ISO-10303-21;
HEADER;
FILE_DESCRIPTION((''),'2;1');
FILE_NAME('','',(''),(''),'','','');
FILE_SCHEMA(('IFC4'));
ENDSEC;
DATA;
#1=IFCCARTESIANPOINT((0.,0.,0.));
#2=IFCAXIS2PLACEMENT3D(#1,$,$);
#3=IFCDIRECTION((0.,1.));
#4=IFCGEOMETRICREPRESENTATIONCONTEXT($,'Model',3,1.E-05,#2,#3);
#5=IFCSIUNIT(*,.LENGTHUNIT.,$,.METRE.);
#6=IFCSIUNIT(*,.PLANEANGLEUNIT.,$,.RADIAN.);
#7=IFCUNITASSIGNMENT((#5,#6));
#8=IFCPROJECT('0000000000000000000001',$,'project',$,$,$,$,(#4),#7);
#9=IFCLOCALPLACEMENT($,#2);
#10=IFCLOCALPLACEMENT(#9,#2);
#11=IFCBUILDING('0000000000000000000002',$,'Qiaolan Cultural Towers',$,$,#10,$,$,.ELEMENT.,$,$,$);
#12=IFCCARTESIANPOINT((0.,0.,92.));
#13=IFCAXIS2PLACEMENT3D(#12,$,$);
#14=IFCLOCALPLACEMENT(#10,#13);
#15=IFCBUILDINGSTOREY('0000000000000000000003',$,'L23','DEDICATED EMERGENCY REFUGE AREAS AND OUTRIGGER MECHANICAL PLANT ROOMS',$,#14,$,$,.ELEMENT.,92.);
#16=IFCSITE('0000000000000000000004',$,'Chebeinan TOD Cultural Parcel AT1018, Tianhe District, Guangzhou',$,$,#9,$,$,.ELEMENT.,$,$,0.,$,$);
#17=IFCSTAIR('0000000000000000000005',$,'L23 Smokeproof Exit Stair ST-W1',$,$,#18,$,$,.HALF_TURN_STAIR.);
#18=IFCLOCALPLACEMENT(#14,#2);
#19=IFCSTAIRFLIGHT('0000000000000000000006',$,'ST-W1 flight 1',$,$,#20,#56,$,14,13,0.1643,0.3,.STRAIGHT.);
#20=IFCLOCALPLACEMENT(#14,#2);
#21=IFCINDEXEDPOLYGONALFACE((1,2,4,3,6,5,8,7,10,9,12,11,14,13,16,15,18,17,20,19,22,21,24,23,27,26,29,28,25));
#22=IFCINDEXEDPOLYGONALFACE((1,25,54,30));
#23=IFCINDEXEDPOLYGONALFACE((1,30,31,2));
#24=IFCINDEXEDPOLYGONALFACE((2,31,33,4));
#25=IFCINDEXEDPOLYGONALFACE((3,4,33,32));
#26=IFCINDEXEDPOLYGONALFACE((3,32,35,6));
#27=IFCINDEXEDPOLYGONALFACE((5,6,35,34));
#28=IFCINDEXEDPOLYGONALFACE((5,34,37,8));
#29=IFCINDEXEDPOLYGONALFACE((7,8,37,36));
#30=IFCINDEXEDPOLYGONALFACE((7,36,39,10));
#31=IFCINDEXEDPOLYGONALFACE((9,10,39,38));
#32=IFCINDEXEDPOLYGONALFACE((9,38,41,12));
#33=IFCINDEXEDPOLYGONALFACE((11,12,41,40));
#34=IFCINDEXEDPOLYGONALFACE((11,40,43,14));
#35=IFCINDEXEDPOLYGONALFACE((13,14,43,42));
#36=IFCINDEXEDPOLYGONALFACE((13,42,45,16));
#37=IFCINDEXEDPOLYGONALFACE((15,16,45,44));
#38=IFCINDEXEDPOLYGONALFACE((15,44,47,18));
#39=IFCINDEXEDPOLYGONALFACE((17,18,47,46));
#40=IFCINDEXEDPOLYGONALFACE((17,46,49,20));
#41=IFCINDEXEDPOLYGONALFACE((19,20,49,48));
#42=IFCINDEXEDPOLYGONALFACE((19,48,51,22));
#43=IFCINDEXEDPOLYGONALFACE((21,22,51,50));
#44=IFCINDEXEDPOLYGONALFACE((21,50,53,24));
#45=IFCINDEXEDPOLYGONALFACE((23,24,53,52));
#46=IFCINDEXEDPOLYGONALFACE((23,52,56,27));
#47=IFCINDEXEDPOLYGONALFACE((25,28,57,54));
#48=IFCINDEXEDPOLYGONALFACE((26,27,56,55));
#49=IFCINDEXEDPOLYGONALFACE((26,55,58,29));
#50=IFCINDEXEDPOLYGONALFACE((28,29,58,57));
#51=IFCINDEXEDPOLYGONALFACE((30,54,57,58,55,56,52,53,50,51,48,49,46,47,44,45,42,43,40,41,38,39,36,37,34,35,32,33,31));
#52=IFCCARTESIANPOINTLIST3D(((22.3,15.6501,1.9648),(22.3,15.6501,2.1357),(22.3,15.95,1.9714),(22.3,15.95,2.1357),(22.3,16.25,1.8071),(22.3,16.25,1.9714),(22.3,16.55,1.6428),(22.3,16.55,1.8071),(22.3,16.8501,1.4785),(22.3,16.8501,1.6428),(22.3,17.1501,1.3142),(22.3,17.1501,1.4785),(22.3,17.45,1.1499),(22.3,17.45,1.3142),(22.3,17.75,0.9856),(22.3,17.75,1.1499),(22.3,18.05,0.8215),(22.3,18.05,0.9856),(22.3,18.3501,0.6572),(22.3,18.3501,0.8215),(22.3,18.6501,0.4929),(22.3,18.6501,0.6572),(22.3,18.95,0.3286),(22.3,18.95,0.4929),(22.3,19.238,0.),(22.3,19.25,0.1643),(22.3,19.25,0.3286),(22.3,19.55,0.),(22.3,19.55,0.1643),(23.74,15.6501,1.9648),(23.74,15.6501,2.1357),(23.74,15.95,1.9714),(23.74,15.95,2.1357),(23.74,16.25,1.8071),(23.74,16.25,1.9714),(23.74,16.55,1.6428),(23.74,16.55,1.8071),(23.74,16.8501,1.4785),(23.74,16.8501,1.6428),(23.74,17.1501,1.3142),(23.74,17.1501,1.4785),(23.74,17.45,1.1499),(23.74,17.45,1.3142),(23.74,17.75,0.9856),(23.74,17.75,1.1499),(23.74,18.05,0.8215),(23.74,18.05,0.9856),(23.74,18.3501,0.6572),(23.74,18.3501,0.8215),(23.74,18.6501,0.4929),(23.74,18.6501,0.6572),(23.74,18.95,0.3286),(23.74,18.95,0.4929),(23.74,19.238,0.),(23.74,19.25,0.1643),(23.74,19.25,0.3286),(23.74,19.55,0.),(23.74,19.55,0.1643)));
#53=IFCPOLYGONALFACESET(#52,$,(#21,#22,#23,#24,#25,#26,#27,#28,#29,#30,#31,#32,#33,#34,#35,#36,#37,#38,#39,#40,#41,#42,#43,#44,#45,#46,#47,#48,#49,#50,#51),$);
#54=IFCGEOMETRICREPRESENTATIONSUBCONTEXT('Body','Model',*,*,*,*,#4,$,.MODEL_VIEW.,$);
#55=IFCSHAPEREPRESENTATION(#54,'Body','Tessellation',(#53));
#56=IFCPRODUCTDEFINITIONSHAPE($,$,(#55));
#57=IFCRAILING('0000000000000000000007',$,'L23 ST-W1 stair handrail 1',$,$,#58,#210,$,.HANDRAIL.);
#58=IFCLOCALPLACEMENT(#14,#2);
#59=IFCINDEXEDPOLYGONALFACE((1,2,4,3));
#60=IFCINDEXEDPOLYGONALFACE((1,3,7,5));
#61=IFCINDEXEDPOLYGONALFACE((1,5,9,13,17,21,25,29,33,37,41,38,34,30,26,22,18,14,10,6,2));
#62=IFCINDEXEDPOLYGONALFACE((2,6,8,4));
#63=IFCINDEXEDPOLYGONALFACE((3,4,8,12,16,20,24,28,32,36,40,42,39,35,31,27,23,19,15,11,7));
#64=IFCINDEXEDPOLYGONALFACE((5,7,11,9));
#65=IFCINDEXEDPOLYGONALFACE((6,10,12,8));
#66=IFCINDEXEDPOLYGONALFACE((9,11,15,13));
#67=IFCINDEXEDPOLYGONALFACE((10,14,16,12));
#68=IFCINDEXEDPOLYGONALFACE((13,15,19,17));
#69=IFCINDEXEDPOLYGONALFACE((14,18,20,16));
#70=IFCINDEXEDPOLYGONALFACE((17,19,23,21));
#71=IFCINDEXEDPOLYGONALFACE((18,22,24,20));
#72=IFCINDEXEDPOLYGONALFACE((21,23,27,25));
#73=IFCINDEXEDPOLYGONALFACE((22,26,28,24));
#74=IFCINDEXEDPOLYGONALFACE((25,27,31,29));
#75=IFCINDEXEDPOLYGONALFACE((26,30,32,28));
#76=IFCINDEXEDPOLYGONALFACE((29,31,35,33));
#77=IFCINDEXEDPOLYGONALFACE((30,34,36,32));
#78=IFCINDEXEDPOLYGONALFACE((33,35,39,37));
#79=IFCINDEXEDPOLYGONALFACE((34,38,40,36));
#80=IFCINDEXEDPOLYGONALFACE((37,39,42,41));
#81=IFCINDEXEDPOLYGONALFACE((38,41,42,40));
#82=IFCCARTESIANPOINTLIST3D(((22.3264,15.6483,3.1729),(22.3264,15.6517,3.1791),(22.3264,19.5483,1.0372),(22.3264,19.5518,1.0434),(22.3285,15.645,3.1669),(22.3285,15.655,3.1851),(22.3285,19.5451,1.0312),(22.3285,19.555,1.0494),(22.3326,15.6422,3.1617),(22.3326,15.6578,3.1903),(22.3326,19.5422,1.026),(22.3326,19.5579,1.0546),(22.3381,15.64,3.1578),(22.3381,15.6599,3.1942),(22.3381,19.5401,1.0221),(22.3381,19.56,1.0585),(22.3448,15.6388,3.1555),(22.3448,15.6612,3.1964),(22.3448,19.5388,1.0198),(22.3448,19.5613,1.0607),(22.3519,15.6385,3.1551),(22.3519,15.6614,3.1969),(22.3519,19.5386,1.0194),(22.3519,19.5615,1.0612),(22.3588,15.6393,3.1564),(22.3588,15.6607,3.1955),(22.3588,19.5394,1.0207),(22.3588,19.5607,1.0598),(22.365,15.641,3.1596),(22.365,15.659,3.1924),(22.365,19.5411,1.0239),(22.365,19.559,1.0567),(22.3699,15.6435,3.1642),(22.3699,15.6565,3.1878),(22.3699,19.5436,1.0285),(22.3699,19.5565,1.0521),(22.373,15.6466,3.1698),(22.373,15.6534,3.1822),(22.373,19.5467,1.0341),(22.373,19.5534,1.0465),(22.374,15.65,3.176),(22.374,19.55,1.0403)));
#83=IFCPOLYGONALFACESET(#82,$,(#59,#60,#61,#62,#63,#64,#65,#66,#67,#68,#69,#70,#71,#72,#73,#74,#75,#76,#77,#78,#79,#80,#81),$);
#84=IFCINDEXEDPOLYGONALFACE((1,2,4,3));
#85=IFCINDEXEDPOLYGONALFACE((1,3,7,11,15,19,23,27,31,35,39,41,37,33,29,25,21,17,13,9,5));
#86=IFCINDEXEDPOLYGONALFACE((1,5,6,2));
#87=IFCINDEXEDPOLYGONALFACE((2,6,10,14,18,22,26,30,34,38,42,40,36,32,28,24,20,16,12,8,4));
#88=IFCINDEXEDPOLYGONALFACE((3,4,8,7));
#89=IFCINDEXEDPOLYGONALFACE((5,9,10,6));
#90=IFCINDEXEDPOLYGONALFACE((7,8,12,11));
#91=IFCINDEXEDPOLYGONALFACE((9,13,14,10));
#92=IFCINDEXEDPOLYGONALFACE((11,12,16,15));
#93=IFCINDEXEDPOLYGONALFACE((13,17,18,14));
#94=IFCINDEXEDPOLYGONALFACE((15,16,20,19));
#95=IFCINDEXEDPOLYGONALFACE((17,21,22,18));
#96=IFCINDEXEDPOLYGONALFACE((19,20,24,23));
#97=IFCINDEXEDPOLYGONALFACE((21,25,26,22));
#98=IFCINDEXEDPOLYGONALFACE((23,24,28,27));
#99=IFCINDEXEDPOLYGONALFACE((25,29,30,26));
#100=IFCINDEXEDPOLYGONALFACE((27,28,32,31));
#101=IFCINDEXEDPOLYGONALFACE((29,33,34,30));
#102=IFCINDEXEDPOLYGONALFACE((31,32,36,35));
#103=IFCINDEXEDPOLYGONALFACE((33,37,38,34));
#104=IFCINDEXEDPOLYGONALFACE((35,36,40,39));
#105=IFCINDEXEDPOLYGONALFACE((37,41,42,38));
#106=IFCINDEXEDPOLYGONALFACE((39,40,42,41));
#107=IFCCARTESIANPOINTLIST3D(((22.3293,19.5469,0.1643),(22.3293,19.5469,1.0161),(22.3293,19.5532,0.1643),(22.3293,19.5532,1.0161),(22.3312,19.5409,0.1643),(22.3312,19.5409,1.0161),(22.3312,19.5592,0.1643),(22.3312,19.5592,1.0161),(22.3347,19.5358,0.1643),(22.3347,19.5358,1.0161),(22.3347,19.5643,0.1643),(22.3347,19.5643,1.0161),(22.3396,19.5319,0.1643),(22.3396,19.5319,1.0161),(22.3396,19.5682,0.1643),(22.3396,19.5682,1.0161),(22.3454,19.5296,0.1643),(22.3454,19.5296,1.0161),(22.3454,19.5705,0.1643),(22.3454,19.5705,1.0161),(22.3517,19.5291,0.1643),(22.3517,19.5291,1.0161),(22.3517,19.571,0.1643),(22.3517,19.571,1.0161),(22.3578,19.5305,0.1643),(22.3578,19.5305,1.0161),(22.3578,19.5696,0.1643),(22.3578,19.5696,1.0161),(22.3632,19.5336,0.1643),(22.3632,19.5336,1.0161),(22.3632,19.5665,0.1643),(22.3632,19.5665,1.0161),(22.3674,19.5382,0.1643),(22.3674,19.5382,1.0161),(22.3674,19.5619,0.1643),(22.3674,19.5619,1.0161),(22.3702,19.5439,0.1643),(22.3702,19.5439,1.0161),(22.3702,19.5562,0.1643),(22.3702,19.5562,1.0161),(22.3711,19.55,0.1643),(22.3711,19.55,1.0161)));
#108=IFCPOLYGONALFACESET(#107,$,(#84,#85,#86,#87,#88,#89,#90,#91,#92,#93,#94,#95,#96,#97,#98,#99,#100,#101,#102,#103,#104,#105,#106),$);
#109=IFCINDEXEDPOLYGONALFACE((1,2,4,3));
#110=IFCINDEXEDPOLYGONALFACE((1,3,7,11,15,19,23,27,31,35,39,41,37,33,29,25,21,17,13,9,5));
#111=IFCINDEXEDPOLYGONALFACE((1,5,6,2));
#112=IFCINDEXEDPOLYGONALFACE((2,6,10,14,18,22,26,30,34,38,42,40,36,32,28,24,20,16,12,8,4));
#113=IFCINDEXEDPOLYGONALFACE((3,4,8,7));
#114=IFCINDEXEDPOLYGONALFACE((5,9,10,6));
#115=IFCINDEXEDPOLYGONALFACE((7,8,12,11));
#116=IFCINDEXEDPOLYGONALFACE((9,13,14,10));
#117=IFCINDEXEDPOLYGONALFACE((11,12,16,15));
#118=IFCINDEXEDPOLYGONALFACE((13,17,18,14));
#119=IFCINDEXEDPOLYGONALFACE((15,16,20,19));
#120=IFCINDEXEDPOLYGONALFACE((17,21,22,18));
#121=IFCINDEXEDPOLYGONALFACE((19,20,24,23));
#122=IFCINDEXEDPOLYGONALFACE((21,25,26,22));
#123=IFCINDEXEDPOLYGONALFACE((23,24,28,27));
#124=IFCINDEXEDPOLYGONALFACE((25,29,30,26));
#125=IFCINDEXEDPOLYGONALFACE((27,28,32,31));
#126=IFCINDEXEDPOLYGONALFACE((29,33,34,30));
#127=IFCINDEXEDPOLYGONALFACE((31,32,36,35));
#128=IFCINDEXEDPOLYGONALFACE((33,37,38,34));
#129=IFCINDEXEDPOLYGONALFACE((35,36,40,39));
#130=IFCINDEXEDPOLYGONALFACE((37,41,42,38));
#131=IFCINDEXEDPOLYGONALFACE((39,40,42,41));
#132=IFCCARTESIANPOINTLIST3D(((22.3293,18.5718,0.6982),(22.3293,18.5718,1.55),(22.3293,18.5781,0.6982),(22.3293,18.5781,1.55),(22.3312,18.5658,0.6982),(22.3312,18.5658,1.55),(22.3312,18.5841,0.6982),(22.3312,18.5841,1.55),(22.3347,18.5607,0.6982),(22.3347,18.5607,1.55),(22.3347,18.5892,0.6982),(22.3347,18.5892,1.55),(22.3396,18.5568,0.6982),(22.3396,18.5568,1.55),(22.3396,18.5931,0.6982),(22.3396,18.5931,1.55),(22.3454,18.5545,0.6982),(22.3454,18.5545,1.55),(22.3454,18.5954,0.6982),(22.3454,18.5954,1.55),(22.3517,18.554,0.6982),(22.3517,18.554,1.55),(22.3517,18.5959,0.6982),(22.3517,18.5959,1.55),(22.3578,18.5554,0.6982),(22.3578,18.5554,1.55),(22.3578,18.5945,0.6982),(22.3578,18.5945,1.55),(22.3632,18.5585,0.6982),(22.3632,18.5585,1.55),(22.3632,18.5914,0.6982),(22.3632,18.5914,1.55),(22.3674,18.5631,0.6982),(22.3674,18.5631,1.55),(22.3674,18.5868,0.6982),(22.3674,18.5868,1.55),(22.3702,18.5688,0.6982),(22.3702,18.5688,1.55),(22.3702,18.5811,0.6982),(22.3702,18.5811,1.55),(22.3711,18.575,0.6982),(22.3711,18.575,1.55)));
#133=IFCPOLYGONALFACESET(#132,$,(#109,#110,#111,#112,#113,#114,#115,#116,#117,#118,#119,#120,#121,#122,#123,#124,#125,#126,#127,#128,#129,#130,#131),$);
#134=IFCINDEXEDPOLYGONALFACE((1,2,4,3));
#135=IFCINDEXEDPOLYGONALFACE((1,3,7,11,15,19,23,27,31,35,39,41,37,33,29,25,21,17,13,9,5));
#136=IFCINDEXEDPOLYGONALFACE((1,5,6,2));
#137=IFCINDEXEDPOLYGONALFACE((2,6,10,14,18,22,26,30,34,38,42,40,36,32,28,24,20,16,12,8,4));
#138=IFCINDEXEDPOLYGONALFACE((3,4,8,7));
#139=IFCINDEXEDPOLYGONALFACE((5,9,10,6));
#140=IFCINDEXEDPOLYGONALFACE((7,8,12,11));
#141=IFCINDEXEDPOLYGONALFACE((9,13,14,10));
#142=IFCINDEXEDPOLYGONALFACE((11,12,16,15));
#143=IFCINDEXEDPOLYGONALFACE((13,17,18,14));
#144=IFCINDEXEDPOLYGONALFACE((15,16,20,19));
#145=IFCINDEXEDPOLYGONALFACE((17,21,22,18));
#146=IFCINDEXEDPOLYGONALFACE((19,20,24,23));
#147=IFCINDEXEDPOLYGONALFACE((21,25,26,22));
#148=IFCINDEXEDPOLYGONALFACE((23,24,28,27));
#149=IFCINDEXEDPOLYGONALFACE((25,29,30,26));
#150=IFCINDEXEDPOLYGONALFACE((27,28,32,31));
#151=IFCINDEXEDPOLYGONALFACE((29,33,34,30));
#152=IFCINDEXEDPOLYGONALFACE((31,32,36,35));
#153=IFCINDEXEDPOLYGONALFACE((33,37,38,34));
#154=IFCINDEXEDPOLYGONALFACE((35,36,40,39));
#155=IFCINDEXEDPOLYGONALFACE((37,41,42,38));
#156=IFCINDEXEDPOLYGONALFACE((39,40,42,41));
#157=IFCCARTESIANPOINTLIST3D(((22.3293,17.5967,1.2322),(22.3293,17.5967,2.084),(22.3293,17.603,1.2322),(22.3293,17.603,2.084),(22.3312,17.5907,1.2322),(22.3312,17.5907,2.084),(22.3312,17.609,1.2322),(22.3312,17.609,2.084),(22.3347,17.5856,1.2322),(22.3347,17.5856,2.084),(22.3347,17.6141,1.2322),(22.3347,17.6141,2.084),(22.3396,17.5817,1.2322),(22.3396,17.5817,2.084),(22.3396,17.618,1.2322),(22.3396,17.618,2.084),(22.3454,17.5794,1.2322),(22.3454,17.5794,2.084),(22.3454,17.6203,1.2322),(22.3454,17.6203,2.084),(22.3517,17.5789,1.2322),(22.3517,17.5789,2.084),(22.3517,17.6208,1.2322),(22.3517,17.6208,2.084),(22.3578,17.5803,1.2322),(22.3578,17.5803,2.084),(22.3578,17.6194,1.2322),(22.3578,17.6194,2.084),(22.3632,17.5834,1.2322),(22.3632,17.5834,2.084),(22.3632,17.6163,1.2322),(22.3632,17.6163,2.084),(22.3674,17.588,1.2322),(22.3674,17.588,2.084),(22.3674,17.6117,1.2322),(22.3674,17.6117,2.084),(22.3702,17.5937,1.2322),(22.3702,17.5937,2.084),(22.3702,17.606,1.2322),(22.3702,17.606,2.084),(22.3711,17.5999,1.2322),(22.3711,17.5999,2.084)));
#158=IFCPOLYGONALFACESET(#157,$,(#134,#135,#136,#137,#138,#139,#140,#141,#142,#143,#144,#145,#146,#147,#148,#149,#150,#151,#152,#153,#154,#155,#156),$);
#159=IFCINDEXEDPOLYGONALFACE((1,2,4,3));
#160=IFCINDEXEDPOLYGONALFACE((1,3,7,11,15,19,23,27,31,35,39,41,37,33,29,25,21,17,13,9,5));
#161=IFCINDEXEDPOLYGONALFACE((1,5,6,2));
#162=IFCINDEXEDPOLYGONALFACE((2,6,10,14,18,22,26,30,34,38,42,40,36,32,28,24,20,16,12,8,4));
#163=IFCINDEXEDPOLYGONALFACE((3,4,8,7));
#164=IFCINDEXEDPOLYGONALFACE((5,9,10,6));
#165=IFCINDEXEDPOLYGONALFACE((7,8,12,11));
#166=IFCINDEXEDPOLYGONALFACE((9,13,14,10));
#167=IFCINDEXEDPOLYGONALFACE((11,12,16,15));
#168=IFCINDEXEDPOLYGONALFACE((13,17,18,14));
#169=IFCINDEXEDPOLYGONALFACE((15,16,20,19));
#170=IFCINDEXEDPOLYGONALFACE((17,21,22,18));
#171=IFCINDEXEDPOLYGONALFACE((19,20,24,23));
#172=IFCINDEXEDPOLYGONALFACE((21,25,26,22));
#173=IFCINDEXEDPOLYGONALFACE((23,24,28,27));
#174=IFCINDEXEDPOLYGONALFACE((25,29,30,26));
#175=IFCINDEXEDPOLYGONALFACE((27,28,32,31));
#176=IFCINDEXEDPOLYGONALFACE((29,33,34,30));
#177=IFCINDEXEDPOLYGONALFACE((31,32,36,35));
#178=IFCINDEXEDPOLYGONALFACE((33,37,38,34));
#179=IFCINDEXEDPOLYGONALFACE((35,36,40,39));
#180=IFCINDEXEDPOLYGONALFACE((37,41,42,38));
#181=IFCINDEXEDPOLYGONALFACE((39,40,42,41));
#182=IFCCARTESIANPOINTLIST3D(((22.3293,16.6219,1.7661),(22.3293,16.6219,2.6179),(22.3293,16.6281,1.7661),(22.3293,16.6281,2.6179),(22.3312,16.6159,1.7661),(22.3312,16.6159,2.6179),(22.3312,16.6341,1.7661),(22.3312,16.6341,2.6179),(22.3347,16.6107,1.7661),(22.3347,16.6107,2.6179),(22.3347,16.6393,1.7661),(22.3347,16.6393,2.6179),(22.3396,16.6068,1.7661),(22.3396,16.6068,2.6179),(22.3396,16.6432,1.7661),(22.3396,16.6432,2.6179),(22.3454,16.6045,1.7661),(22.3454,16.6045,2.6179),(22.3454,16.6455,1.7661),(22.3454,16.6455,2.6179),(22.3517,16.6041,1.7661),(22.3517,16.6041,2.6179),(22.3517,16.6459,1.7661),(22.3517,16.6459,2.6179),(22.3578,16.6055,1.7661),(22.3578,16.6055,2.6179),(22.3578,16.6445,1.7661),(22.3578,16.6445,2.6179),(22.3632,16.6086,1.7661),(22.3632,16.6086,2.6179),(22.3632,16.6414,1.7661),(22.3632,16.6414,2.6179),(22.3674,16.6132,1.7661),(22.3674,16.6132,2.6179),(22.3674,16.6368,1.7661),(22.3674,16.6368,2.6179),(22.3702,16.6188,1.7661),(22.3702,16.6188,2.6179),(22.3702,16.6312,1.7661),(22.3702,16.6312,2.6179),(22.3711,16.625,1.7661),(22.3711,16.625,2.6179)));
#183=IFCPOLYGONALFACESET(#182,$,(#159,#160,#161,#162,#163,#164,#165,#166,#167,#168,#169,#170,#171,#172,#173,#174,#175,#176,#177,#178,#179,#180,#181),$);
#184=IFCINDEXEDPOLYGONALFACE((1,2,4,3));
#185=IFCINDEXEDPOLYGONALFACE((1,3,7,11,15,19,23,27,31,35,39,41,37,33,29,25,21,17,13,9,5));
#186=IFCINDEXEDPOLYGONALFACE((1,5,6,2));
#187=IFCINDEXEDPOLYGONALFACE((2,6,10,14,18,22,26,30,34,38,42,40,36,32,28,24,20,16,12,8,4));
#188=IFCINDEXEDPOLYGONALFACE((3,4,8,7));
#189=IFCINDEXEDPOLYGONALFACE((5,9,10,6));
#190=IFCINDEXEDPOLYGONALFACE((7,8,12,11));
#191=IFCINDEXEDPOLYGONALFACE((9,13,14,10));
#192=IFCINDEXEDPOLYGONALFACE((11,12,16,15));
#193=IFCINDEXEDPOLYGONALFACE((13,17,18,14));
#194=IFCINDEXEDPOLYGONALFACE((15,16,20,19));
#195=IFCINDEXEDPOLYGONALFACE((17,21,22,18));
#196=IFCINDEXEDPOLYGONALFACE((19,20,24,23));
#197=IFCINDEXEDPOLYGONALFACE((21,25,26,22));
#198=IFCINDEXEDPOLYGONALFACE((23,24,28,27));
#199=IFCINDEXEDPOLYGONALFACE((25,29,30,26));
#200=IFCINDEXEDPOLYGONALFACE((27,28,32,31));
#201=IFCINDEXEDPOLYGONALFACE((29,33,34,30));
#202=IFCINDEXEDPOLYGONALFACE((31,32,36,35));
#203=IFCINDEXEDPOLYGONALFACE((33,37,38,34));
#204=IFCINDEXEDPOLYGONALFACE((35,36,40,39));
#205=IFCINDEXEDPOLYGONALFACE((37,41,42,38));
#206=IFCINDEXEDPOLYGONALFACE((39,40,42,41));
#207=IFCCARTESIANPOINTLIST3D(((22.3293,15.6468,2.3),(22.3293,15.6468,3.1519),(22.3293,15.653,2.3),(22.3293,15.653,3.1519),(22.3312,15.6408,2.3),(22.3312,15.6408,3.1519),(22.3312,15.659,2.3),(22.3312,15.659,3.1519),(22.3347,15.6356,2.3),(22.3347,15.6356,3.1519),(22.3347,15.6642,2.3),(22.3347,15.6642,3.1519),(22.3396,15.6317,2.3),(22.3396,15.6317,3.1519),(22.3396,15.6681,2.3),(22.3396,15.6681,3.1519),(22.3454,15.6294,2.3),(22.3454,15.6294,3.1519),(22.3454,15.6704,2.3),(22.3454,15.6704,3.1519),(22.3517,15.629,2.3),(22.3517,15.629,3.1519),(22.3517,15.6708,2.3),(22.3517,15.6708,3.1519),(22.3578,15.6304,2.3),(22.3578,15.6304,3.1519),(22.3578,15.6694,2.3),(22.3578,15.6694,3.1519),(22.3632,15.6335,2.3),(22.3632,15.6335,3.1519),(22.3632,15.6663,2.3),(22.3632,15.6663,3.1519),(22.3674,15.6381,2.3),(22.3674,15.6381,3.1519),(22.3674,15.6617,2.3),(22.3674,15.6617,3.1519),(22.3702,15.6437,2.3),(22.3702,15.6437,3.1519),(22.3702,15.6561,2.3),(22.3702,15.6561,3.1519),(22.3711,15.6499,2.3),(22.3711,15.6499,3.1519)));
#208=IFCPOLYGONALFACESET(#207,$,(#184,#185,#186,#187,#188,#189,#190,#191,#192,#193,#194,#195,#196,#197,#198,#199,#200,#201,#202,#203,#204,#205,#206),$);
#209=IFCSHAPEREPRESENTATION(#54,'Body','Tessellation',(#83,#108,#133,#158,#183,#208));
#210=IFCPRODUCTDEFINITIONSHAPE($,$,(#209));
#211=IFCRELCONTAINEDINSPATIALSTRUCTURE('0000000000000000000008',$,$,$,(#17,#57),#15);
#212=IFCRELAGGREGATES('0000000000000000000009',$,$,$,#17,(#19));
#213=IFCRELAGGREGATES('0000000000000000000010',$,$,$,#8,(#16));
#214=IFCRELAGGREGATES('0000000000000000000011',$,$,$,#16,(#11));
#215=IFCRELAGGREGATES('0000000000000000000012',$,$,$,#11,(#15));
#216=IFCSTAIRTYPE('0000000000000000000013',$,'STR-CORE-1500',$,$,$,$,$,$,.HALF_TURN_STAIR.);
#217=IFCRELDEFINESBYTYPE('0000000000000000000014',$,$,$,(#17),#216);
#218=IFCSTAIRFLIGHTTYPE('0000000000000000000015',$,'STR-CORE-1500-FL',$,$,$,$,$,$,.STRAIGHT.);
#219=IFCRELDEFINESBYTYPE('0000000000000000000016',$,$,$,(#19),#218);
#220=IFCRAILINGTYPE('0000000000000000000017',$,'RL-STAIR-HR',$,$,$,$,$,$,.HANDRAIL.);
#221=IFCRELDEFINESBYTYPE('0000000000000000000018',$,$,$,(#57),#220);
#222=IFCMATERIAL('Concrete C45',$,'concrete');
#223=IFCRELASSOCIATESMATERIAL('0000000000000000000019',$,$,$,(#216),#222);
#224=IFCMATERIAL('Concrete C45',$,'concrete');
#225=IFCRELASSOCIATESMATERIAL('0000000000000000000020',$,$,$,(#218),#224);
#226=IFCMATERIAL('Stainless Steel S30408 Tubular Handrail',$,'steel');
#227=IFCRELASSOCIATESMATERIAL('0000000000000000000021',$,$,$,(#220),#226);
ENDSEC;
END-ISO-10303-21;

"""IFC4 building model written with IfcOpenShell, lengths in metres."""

from ifc_helpers import new_model, si_unit, direction, frame, origin, origin_2d, place, context, subcontext, project, spatial, polyline, circle, outline, extrude, material, type_object, element, aggregate, save


model = new_model("IFC4")

# Units and contexts
model_context = context("Model", 3, precision=1e-05, world=origin(), true_north=direction((0.0, 1.0)))
body_context = subcontext(model_context, "Body", "Model", "MODEL_VIEW")
ifc_project = project(units=[si_unit("LENGTHUNIT", "METRE"), si_unit("PLANEANGLEUNIT", "RADIAN")], contexts=[model_context])

# Site, building, storey
site_placement = place(None, origin())
site = spatial("IfcSite", under=ifc_project, at=site_placement, Name="Chebeinan TOD Cultural Parcel AT1018, Tianhe District, Guangzhou", CompositionType="ELEMENT", RefElevation=0.0)
building_placement = place(site_placement, origin())
building = spatial("IfcBuilding", under=site, at=building_placement, Name="Qiaolan Cultural Towers", CompositionType="ELEMENT")
storey_placement = place(building_placement, frame((0.0, 0.0, 92.0)))
storey = spatial("IfcBuildingStorey", under=building, at=storey_placement, Name="L23", Description="DEDICATED EMERGENCY REFUGE AREAS AND OUTRIGGER MECHANICAL PLANT ROOMS", CompositionType="ELEMENT", Elevation=92.0)

# Stair, stair flight
ifc_material_1 = material(Name="Concrete C45", Category="concrete")
stair_type = type_object("IfcStairType", Name="STR-CORE-1500", PredefinedType="HALF_TURN_STAIR", material=ifc_material_1)
stair_placement = place(storey_placement, origin())
stair = element("IfcStair", 1, at=stair_placement, inside=storey, type_object=stair_type, Name="L23 Smokeproof Exit Stair ST-W1", PredefinedType="HALF_TURN_STAIR")
ifc_material_2 = material(Name="Concrete C45", Category="concrete")
stair_flight_type = type_object("IfcStairFlightType", Name="STR-CORE-1500-FL", PredefinedType="STRAIGHT", material=ifc_material_2)
stair_flight_placement = place(storey_placement, frame((23.02, 19.55, 0.0), z_axis=(0.0, 0.0, 1.0), x_axis=(0.0, -1.0, 0.0)))
stair_flight = element("IfcStairFlight", 2, at=stair_flight_placement, type_object=stair_flight_type, Name="ST-W1 flight 1", NumberOfRisers=14, NumberOfTreads=13, PredefinedType="STRAIGHT", RiserHeight=0.1643, TreadLength=0.3, context=body_context, shape_type="SweptSolid", body=[
    extrude(outline(polyline([(0.0, 0.0), (0.0, 0.1643), (0.3, 0.1643), (0.3, 0.3286), (0.6001, 0.3286), (0.6001, 0.4929), (0.8999, 0.4929), (0.8999, 0.6572), (1.2, 0.6572), (1.2, 0.8215), (1.5, 0.8215), (1.5, 0.9856), (1.8, 0.9856), (1.8, 1.1499), (2.1001, 1.1499), (2.1001, 1.3142), (2.3999, 1.3142), (2.3999, 1.4785), (2.7, 1.4785), (2.7, 1.6428), (3.0, 1.6428), (3.0, 1.8071), (3.3, 1.8071), (3.3, 1.9714), (3.6001, 1.9714), (3.6001, 2.1357), (3.8999, 2.1357), (3.8999, 2.3), (3.8999, 1.9648), (0.312, 0.0), (0.0, 0.0)])), frame((0.0, 0.72, 0.0), z_axis=(0.0, -1.0, 0.0), x_axis=(1.0, 0.0, 0.0)), (0.0, 0.0, 1.0), 1.4399),
])
aggregate(stair, [stair_flight])

# Railing
ifc_material_3 = material(Name="Stainless Steel S30408 Tubular Handrail", Category="steel")
railing_type = type_object("IfcRailingType", Name="RL-STAIR-HR", PredefinedType="HANDRAIL", material=ifc_material_3)
railing_placement = place(storey_placement, frame((22.3501, 19.55, 0.1643)))
element("IfcRailing", 3, at=railing_placement, inside=storey, type_object=railing_type, Name="L23 ST-W1 stair handrail 1", PredefinedType="HANDRAIL", context=body_context, shape_type="SweptSolid", body=[
    extrude(circle(Radius=0.0239, at=origin_2d()), frame((0.0, 0.0, 0.876), z_axis=(0.0, -0.877101, 0.480306), x_axis=(1.0, 0.0, 0.0)), (0.0, 0.0, 1.0), 4.4465),
    extrude(circle(Radius=0.021, at=origin_2d()), origin(), (0.0, 0.0, 1.0), 0.8518),
    extrude(circle(Radius=0.021, at=origin_2d()), frame((0.0, -0.9751, 0.5339)), (0.0, 0.0, 1.0), 0.8518),
    extrude(circle(Radius=0.021, at=origin_2d()), frame((0.0, -1.9502, 1.0679)), (0.0, 0.0, 1.0), 0.8518),
    extrude(circle(Radius=0.021, at=origin_2d()), frame((0.0, -2.925, 1.6018)), (0.0, 0.0, 1.0), 0.8518),
    extrude(circle(Radius=0.021, at=origin_2d()), frame((0.0, -3.9001, 2.1357)), (0.0, 0.0, 1.0), 0.8518),
])

save(model, "model.ifc")
